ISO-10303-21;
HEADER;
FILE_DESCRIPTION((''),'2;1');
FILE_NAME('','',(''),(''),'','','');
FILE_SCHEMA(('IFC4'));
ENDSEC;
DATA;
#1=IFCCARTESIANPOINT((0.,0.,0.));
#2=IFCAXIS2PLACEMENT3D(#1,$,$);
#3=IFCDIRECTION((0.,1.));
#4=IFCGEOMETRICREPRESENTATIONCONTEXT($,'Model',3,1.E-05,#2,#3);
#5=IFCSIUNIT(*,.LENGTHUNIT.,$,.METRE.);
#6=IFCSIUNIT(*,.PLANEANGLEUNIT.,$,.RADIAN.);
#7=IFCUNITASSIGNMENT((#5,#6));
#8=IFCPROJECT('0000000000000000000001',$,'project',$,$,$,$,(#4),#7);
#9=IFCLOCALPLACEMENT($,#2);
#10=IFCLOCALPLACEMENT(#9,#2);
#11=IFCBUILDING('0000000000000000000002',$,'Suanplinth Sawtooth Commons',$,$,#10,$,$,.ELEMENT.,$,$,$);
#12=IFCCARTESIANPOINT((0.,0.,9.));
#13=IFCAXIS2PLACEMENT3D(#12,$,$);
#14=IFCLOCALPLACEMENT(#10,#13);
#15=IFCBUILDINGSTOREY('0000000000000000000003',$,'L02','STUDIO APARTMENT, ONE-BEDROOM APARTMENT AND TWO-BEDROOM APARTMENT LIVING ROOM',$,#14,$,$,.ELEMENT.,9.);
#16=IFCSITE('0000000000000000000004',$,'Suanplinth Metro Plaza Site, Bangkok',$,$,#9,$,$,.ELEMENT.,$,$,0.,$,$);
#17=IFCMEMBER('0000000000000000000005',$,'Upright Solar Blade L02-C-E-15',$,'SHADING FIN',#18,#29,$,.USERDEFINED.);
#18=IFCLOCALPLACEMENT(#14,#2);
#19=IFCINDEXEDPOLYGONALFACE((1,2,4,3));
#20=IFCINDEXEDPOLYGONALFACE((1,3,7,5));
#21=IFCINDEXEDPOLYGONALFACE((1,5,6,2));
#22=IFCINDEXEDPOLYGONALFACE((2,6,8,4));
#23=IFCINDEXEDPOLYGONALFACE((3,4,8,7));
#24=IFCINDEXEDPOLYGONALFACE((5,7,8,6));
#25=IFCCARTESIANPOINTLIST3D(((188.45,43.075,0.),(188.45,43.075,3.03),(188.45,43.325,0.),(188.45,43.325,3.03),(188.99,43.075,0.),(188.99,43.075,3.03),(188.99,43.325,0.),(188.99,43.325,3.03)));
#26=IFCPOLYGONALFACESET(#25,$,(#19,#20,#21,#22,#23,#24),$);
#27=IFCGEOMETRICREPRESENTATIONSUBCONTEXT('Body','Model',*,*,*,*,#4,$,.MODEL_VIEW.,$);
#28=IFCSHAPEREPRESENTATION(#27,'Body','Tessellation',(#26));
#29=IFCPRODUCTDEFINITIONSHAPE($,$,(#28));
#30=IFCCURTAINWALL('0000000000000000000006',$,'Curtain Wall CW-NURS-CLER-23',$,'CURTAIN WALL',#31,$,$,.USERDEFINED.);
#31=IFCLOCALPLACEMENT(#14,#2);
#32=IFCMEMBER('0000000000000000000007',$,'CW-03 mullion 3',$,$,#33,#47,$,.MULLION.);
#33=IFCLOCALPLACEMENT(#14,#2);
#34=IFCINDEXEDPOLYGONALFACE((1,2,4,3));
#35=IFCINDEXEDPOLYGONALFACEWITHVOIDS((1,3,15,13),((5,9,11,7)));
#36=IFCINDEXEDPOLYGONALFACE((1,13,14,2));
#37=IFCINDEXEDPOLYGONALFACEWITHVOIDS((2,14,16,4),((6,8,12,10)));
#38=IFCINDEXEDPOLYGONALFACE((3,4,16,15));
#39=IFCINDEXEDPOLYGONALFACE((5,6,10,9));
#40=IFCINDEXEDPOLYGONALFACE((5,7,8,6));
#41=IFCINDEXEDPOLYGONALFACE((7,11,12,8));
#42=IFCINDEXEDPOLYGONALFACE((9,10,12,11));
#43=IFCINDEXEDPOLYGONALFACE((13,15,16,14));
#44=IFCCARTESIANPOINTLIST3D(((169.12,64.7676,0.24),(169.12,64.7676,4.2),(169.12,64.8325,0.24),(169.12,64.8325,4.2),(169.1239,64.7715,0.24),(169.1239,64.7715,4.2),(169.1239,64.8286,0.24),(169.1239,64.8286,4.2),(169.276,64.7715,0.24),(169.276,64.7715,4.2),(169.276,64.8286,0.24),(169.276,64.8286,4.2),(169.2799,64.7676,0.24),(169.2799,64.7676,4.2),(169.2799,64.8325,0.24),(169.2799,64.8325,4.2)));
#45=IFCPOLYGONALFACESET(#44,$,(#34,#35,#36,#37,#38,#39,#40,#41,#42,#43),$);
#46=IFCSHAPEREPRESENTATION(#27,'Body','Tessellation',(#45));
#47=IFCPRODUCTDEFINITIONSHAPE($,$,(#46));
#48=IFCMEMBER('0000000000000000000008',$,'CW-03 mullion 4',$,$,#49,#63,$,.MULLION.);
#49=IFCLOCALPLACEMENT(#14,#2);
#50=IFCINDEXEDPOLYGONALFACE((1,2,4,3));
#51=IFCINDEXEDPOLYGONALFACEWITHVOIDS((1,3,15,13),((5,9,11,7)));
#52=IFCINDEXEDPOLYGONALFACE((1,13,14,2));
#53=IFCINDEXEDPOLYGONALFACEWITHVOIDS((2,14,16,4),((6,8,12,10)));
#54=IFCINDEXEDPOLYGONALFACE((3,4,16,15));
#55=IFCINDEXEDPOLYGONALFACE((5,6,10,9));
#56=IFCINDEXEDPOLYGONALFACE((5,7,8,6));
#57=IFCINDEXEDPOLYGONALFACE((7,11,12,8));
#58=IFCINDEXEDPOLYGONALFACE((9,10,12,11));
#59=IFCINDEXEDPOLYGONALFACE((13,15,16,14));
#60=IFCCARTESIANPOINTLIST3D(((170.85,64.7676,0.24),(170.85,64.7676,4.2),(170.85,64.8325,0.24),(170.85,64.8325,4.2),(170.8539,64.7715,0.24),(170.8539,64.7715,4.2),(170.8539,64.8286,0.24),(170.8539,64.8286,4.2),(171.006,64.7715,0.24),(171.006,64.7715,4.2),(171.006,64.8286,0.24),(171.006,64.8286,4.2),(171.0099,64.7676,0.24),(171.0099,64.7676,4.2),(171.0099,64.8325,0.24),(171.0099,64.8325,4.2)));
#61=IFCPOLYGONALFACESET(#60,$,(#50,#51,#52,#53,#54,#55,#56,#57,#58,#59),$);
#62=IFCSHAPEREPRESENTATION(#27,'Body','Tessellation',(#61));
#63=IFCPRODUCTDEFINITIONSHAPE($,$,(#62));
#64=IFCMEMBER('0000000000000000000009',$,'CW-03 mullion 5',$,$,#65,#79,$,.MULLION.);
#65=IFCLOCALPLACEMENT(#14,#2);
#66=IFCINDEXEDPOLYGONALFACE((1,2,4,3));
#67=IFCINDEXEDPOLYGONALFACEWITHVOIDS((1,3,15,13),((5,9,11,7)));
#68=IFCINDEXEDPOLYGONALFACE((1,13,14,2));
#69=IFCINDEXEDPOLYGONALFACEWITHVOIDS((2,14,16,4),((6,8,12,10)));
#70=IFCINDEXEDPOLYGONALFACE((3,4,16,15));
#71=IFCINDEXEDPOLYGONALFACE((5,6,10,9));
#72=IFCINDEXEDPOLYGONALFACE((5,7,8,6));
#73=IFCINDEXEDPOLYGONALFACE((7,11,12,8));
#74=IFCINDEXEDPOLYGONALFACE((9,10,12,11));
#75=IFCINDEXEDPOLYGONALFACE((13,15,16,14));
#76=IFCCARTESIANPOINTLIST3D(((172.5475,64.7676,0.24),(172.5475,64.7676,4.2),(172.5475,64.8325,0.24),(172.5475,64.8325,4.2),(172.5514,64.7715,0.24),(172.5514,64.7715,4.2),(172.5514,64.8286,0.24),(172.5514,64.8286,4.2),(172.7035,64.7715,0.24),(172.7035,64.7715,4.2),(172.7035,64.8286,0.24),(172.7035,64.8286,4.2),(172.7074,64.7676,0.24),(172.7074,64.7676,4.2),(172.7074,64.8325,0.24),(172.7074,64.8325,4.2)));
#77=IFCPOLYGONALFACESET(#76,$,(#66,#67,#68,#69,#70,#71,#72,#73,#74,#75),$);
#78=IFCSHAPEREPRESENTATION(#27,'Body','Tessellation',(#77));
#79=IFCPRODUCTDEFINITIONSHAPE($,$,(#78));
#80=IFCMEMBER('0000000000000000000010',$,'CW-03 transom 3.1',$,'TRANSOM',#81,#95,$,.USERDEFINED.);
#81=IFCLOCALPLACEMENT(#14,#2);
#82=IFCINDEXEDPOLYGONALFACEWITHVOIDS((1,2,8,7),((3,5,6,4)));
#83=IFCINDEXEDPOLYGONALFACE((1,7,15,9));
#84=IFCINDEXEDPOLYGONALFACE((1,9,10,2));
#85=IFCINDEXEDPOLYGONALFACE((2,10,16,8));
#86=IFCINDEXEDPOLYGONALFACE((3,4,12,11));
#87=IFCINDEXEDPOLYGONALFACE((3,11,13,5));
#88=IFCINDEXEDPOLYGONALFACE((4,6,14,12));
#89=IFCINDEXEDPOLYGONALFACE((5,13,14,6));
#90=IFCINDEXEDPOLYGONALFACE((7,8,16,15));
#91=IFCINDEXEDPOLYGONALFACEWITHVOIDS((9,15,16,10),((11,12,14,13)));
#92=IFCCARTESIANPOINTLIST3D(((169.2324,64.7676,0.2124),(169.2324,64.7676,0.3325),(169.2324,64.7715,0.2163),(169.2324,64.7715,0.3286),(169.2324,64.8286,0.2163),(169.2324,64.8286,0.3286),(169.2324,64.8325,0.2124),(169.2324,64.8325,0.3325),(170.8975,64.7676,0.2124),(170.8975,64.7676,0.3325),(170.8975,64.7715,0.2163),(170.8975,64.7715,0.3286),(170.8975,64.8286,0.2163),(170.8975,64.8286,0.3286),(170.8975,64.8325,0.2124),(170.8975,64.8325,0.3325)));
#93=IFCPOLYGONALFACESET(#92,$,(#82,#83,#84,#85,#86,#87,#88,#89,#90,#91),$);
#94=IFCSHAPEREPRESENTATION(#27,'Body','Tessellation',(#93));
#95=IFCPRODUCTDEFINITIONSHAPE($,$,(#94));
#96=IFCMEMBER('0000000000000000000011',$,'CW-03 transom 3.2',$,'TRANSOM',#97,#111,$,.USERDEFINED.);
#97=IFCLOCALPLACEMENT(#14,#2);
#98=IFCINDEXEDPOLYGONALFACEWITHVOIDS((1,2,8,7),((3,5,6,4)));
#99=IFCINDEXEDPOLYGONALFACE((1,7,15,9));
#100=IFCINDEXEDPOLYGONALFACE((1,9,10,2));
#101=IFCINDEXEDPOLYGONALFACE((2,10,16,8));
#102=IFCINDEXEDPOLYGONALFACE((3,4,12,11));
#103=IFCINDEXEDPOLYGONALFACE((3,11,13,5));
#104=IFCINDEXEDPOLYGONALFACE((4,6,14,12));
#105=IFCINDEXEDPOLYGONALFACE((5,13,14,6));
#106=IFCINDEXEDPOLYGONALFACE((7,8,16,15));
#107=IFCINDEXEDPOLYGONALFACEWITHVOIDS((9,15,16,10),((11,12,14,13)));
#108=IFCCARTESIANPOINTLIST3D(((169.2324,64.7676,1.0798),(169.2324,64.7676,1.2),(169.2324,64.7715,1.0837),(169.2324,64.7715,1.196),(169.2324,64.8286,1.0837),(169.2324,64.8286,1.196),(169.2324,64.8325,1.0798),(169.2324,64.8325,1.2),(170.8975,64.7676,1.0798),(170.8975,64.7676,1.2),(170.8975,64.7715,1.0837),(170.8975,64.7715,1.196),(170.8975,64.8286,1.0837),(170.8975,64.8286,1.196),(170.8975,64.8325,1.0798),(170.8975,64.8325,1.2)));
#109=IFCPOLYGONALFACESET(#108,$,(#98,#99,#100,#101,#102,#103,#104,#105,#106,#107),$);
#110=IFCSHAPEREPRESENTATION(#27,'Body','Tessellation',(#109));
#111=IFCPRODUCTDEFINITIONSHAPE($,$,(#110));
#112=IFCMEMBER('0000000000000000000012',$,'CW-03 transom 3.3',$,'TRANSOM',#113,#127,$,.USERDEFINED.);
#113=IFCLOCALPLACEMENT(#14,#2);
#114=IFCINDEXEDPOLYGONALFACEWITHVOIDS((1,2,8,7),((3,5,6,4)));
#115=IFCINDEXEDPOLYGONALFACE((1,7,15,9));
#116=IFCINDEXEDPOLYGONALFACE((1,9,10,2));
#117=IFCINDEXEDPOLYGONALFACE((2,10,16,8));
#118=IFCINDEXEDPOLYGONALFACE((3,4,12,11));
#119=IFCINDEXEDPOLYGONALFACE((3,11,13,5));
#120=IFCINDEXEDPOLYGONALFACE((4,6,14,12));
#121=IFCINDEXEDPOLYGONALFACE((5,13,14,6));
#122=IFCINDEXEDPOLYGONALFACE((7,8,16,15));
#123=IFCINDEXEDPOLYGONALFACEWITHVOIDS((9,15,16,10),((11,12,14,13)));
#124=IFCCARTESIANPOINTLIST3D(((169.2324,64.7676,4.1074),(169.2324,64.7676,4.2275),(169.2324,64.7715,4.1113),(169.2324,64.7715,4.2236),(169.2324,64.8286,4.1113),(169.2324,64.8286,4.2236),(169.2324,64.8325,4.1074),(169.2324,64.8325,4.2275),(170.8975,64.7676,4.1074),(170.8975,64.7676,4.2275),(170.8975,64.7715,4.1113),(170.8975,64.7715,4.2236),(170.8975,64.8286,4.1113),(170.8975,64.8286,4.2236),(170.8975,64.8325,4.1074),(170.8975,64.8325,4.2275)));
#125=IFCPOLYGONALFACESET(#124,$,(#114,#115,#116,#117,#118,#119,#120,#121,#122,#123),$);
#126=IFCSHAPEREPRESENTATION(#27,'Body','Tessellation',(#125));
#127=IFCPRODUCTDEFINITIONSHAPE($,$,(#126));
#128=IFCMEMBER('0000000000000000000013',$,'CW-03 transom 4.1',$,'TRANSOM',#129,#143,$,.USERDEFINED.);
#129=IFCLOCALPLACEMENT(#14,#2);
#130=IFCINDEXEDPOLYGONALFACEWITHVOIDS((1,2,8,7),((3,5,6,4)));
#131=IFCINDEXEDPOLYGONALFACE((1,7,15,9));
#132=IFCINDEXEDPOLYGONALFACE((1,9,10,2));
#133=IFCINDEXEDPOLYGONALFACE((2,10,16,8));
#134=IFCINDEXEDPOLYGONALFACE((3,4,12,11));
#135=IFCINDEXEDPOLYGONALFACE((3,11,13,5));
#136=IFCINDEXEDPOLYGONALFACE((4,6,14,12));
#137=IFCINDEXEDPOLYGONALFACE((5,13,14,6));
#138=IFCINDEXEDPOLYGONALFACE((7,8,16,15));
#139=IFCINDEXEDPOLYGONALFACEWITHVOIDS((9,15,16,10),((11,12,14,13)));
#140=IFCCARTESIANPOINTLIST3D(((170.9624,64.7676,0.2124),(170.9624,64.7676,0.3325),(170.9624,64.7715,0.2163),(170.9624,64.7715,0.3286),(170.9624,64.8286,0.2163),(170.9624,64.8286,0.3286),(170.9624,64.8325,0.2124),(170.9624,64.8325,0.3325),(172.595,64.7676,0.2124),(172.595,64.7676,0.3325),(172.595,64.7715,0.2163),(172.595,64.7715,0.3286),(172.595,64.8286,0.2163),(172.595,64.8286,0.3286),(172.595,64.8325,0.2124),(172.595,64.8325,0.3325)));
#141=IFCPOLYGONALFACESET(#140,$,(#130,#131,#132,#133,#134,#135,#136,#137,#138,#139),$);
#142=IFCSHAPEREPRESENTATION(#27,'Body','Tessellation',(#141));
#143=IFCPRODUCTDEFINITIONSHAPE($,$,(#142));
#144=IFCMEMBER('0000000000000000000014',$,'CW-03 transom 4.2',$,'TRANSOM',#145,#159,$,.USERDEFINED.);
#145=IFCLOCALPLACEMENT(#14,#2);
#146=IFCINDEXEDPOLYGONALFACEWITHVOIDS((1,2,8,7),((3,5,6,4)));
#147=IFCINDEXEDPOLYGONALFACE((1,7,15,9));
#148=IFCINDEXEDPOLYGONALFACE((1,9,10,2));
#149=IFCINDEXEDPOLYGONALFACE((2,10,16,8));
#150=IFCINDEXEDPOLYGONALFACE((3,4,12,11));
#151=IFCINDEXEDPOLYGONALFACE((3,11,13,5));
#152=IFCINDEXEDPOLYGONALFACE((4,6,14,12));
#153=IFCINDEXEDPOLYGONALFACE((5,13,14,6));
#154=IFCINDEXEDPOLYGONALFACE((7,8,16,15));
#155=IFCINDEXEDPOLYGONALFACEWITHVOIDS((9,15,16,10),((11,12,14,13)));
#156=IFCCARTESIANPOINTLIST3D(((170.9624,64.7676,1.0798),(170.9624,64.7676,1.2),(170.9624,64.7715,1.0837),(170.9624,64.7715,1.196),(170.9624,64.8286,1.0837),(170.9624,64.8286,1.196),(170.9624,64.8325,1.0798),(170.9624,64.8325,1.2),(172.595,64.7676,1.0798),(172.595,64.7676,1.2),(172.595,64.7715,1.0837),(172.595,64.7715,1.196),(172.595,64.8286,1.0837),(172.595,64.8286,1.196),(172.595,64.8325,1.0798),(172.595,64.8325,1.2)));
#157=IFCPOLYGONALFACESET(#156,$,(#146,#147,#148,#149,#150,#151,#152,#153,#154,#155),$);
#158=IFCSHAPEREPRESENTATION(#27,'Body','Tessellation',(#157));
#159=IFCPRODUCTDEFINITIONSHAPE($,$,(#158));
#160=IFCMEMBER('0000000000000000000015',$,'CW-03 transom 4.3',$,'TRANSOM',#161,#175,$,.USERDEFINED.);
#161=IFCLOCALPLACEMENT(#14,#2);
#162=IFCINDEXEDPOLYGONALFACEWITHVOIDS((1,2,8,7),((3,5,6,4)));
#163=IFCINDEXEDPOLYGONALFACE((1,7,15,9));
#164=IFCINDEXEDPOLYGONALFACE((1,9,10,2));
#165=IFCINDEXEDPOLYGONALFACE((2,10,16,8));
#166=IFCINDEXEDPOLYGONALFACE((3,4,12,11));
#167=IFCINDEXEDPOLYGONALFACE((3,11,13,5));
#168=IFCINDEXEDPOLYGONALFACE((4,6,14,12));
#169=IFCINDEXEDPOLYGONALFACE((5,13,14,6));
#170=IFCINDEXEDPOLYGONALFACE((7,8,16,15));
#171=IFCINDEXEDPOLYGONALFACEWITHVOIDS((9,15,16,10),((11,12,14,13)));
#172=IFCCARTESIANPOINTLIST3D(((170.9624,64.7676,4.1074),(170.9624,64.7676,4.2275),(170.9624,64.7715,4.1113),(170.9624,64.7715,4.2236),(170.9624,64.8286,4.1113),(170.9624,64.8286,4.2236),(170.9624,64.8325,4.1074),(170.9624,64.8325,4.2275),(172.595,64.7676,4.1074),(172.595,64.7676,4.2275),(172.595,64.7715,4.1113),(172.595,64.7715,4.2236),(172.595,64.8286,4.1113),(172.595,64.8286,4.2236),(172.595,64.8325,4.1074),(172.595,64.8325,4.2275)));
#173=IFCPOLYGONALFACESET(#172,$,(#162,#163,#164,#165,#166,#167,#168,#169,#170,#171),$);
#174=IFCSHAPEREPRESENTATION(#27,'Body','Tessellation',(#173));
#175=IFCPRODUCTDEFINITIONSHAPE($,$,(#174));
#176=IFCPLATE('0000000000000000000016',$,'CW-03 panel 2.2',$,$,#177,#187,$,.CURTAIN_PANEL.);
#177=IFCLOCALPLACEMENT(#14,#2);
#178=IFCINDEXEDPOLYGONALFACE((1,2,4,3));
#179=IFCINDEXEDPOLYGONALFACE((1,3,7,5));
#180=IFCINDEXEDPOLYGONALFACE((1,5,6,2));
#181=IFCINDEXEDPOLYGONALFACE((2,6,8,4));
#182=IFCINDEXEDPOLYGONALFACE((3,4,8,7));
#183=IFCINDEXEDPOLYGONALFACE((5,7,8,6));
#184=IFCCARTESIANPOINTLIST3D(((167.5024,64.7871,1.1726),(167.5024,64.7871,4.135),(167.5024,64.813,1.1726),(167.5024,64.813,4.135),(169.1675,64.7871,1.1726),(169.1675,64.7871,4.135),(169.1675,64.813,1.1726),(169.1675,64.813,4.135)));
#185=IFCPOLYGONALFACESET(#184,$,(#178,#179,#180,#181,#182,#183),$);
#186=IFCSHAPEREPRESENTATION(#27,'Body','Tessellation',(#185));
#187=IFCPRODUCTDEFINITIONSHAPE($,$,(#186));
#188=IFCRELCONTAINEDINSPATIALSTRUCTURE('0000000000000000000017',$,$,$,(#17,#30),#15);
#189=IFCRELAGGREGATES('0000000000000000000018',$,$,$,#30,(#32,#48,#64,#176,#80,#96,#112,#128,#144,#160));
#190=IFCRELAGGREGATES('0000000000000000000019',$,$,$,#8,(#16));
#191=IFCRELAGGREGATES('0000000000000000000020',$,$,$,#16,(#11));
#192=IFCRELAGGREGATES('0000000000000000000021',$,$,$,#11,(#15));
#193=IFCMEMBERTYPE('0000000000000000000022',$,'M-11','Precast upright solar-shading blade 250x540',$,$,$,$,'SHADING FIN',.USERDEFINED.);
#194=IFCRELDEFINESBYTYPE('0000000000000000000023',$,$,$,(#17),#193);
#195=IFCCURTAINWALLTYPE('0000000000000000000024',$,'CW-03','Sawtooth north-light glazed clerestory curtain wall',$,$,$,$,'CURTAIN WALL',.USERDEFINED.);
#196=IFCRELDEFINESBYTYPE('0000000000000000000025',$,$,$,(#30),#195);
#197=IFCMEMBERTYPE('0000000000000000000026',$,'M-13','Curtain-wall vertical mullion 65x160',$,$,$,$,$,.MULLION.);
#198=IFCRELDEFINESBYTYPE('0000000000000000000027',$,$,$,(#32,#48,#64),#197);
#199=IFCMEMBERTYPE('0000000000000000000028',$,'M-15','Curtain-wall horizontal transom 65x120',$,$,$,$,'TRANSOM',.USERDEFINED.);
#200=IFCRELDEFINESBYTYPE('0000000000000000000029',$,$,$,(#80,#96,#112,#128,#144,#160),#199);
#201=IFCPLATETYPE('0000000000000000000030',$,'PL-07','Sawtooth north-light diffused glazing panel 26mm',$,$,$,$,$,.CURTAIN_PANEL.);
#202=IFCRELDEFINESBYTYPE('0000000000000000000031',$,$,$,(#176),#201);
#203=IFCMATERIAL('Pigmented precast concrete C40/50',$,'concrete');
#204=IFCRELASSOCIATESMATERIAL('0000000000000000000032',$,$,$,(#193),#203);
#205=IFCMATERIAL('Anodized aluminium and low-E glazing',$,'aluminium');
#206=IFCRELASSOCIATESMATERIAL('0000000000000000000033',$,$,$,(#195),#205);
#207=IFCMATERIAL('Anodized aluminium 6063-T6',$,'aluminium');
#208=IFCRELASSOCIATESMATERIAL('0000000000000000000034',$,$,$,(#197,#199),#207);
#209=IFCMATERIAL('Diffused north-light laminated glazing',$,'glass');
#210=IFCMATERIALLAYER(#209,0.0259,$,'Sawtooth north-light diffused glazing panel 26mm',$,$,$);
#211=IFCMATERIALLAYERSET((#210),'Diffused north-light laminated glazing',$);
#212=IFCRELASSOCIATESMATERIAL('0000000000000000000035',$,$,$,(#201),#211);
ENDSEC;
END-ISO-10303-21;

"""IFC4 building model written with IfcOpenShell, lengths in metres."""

from ifc_helpers import new_model, si_unit, direction, frame, origin, origin_2d, place, context, subcontext, project, spatial, rectangle, hollow_rectangle, extrude, material, layer, layer_set, material_profile, profile_set, type_object, element, aggregate, save


model = new_model("IFC4")

# Units and contexts
model_context = context("Model", 3, precision=1e-05, world=origin(), true_north=direction((0.0, 1.0)))
body_context = subcontext(model_context, "Body", "Model", "MODEL_VIEW")
ifc_project = project(units=[si_unit("LENGTHUNIT", "METRE"), si_unit("PLANEANGLEUNIT", "RADIAN")], contexts=[model_context])

# Site, building, storey
site_placement = place(None, origin())
site = spatial("IfcSite", under=ifc_project, at=site_placement, Name="Suanplinth Metro Plaza Site, Bangkok", CompositionType="ELEMENT", RefElevation=0.0)
building_placement = place(site_placement, origin())
building = spatial("IfcBuilding", under=site, at=building_placement, Name="Suanplinth Sawtooth Commons", CompositionType="ELEMENT")
storey_placement = place(building_placement, frame((0.0, 0.0, 9.0)))
storey = spatial("IfcBuildingStorey", under=building, at=storey_placement, Name="L02", Description="STUDIO APARTMENT, ONE-BEDROOM APARTMENT AND TWO-BEDROOM APARTMENT LIVING ROOM", CompositionType="ELEMENT", Elevation=9.0)

# Member
ifc_material_1 = material(Name="Pigmented precast concrete C40/50", Category="concrete")
ifc_material_profile_1 = material_profile(ifc_material_1, rectangle(XDim=0.25, YDim=0.54, at=origin_2d()), Name="PC-FIN 250x540")
ifc_profile_set_1 = profile_set([ifc_material_profile_1], Name="Pigmented precast concrete C40/50")
member_type_1 = type_object("IfcMemberType", Name="M-11", Description="Precast upright solar-shading blade 250x540", ElementType="SHADING FIN", PredefinedType="USERDEFINED", material=ifc_profile_set_1)
member_1_placement = place(storey_placement, frame((188.72, 43.2, 0.0), z_axis=(0.0, 0.0, 1.0), x_axis=(0.0, 1.0, 0.0)))
element("IfcMember", 1, at=member_1_placement, inside=storey, type_object=member_type_1, Name="Upright Solar Blade L02-C-E-15", ObjectType="SHADING FIN", PredefinedType="USERDEFINED", context=body_context, shape_type="SweptSolid", body=[
    extrude(rectangle(XDim=0.25, YDim=0.54, at=origin_2d()), origin(), (0.0, 0.0, 1.0), 3.03),
])

# Curtain wall, members, plate
ifc_material_2 = material(Name="Anodized aluminium and low-E glazing", Category="aluminium")
curtain_wall_type = type_object("IfcCurtainWallType", Name="CW-03", Description="Sawtooth north-light glazed clerestory curtain wall", ElementType="CURTAIN WALL", PredefinedType="USERDEFINED", material=ifc_material_2)
curtain_wall_placement = place(storey_placement, origin())
curtain_wall = element("IfcCurtainWall", 2, at=curtain_wall_placement, inside=storey, type_object=curtain_wall_type, Name="Curtain Wall CW-NURS-CLER-23", ObjectType="CURTAIN WALL", PredefinedType="USERDEFINED")
ifc_material_3 = material(Name="Anodized aluminium 6063-T6", Category="aluminium")
ifc_material_profile_2 = material_profile(ifc_material_3, hollow_rectangle(XDim=0.0649, YDim=0.1599, WallThickness=0.0039, at=origin_2d()), Name="ALU-MUL 65x160")
ifc_profile_set_2 = profile_set([ifc_material_profile_2], Name="Anodized aluminium 6063-T6")
member_type_2 = type_object("IfcMemberType", Name="M-13", Description="Curtain-wall vertical mullion 65x160", PredefinedType="MULLION", material=ifc_profile_set_2)
member_2_placement = place(storey_placement, frame((169.2, 64.8, 0.24), z_axis=(0.0, 0.0, 1.0), x_axis=(0.0, 1.0, 0.0)))
member_2 = element("IfcMember", 3, at=member_2_placement, type_object=member_type_2, Name="CW-03 mullion 3", PredefinedType="MULLION", context=body_context, shape_type="SweptSolid", body=[
    extrude(hollow_rectangle(XDim=0.0649, YDim=0.1599, WallThickness=0.0039, at=origin_2d()), origin(), (0.0, 0.0, 1.0), 3.96),
])
member_3_placement = place(storey_placement, frame((170.9299, 64.8, 0.24), z_axis=(0.0, 0.0, 1.0), x_axis=(0.0, 1.0, 0.0)))
member_3 = element("IfcMember", 4, at=member_3_placement, type_object=member_type_2, Name="CW-03 mullion 4", PredefinedType="MULLION", context=body_context, shape_type="SweptSolid", body=[
    extrude(hollow_rectangle(XDim=0.0649, YDim=0.1599, WallThickness=0.0039, at=origin_2d()), origin(), (0.0, 0.0, 1.0), 3.96),
])
member_4_placement = place(storey_placement, frame((172.6274, 64.8, 0.24), z_axis=(0.0, 0.0, 1.0), x_axis=(0.0, 1.0, 0.0)))
member_4 = element("IfcMember", 5, at=member_4_placement, type_object=member_type_2, Name="CW-03 mullion 5", PredefinedType="MULLION", context=body_context, shape_type="SweptSolid", body=[
    extrude(hollow_rectangle(XDim=0.0649, YDim=0.1599, WallThickness=0.0039, at=origin_2d()), origin(), (0.0, 0.0, 1.0), 3.96),
])
ifc_material_profile_3 = material_profile(ifc_material_3, hollow_rectangle(XDim=0.0649, YDim=0.1201, WallThickness=0.0039, at=origin_2d()), Name="ALU-TRN 65x120")
ifc_profile_set_3 = profile_set([ifc_material_profile_3], Name="Anodized aluminium 6063-T6")
member_type_3 = type_object("IfcMemberType", Name="M-15", Description="Curtain-wall horizontal transom 65x120", ElementType="TRANSOM", PredefinedType="USERDEFINED", material=ifc_profile_set_3)
member_5_placement = place(storey_placement, frame((169.2324, 64.8, 0.2725), z_axis=(1.0, 0.0, 0.0), x_axis=(0.0, 1.0, 0.0)))
member_5 = element("IfcMember", 6, at=member_5_placement, type_object=member_type_3, Name="CW-03 transom 3.1", ObjectType="TRANSOM", PredefinedType="USERDEFINED", context=body_context, shape_type="SweptSolid", body=[
    extrude(hollow_rectangle(XDim=0.0649, YDim=0.1201, WallThickness=0.0039, at=origin_2d()), origin(), (0.0, 0.0, 1.0), 1.665),
])
member_6_placement = place(storey_placement, frame((169.2324, 64.8, 1.1399), z_axis=(1.0, 0.0, 0.0), x_axis=(0.0, 1.0, 0.0)))
member_6 = element("IfcMember", 7, at=member_6_placement, type_object=member_type_3, Name="CW-03 transom 3.2", ObjectType="TRANSOM", PredefinedType="USERDEFINED", context=body_context, shape_type="SweptSolid", body=[
    extrude(hollow_rectangle(XDim=0.0649, YDim=0.1201, WallThickness=0.0039, at=origin_2d()), origin(), (0.0, 0.0, 1.0), 1.665),
])
member_7_placement = place(storey_placement, frame((169.2324, 64.8, 4.1675), z_axis=(1.0, 0.0, 0.0), x_axis=(0.0, 1.0, 0.0)))
member_7 = element("IfcMember", 8, at=member_7_placement, type_object=member_type_3, Name="CW-03 transom 3.3", ObjectType="TRANSOM", PredefinedType="USERDEFINED", context=body_context, shape_type="SweptSolid", body=[
    extrude(hollow_rectangle(XDim=0.0649, YDim=0.1201, WallThickness=0.0039, at=origin_2d()), origin(), (0.0, 0.0, 1.0), 1.665),
])
member_8_placement = place(storey_placement, frame((170.9624, 64.8, 0.2725), z_axis=(1.0, 0.0, 0.0), x_axis=(0.0, 1.0, 0.0)))
member_8 = element("IfcMember", 9, at=member_8_placement, type_object=member_type_3, Name="CW-03 transom 4.1", ObjectType="TRANSOM", PredefinedType="USERDEFINED", context=body_context, shape_type="SweptSolid", body=[
    extrude(hollow_rectangle(XDim=0.0649, YDim=0.1201, WallThickness=0.0039, at=origin_2d()), origin(), (0.0, 0.0, 1.0), 1.6326),
])
member_9_placement = place(storey_placement, frame((170.9624, 64.8, 1.1399), z_axis=(1.0, 0.0, 0.0), x_axis=(0.0, 1.0, 0.0)))
member_9 = element("IfcMember", 10, at=member_9_placement, type_object=member_type_3, Name="CW-03 transom 4.2", ObjectType="TRANSOM", PredefinedType="USERDEFINED", context=body_context, shape_type="SweptSolid", body=[
    extrude(hollow_rectangle(XDim=0.0649, YDim=0.1201, WallThickness=0.0039, at=origin_2d()), origin(), (0.0, 0.0, 1.0), 1.6326),
])
member_10_placement = place(storey_placement, frame((170.9624, 64.8, 4.1675), z_axis=(1.0, 0.0, 0.0), x_axis=(0.0, 1.0, 0.0)))
member_10 = element("IfcMember", 11, at=member_10_placement, type_object=member_type_3, Name="CW-03 transom 4.3", ObjectType="TRANSOM", PredefinedType="USERDEFINED", context=body_context, shape_type="SweptSolid", body=[
    extrude(hollow_rectangle(XDim=0.0649, YDim=0.1201, WallThickness=0.0039, at=origin_2d()), origin(), (0.0, 0.0, 1.0), 1.6326),
])
ifc_material_4 = material(Name="Diffused north-light laminated glazing", Category="glass")
ifc_layer_1 = layer(ifc_material_4, 0.0259, Name="Sawtooth north-light diffused glazing panel 26mm")
ifc_layer_set_1 = layer_set([ifc_layer_1], Name="Diffused north-light laminated glazing")
plate_type = type_object("IfcPlateType", Name="PL-07", Description="Sawtooth north-light diffused glazing panel 26mm", PredefinedType="CURTAIN_PANEL", material=ifc_layer_set_1)
plate_1_placement = place(storey_placement, frame((168.335, 64.8, 1.1726), z_axis=(0.0, 0.0, 1.0), x_axis=(1.0, 0.0, 0.0)))
plate_1 = element("IfcPlate", 12, at=plate_1_placement, type_object=plate_type, Name="CW-03 panel 2.2", PredefinedType="CURTAIN_PANEL", context=body_context, shape_type="SweptSolid", body=[
    extrude(rectangle(XDim=1.665, YDim=0.0259, at=origin_2d()), origin(), (0.0, 0.0, 1.0), 2.9624),
])
aggregate(curtain_wall, [member_2, member_3, member_4, plate_1, member_5, member_6, member_7, member_8, member_9, member_10])

save(model, "model.ifc")
